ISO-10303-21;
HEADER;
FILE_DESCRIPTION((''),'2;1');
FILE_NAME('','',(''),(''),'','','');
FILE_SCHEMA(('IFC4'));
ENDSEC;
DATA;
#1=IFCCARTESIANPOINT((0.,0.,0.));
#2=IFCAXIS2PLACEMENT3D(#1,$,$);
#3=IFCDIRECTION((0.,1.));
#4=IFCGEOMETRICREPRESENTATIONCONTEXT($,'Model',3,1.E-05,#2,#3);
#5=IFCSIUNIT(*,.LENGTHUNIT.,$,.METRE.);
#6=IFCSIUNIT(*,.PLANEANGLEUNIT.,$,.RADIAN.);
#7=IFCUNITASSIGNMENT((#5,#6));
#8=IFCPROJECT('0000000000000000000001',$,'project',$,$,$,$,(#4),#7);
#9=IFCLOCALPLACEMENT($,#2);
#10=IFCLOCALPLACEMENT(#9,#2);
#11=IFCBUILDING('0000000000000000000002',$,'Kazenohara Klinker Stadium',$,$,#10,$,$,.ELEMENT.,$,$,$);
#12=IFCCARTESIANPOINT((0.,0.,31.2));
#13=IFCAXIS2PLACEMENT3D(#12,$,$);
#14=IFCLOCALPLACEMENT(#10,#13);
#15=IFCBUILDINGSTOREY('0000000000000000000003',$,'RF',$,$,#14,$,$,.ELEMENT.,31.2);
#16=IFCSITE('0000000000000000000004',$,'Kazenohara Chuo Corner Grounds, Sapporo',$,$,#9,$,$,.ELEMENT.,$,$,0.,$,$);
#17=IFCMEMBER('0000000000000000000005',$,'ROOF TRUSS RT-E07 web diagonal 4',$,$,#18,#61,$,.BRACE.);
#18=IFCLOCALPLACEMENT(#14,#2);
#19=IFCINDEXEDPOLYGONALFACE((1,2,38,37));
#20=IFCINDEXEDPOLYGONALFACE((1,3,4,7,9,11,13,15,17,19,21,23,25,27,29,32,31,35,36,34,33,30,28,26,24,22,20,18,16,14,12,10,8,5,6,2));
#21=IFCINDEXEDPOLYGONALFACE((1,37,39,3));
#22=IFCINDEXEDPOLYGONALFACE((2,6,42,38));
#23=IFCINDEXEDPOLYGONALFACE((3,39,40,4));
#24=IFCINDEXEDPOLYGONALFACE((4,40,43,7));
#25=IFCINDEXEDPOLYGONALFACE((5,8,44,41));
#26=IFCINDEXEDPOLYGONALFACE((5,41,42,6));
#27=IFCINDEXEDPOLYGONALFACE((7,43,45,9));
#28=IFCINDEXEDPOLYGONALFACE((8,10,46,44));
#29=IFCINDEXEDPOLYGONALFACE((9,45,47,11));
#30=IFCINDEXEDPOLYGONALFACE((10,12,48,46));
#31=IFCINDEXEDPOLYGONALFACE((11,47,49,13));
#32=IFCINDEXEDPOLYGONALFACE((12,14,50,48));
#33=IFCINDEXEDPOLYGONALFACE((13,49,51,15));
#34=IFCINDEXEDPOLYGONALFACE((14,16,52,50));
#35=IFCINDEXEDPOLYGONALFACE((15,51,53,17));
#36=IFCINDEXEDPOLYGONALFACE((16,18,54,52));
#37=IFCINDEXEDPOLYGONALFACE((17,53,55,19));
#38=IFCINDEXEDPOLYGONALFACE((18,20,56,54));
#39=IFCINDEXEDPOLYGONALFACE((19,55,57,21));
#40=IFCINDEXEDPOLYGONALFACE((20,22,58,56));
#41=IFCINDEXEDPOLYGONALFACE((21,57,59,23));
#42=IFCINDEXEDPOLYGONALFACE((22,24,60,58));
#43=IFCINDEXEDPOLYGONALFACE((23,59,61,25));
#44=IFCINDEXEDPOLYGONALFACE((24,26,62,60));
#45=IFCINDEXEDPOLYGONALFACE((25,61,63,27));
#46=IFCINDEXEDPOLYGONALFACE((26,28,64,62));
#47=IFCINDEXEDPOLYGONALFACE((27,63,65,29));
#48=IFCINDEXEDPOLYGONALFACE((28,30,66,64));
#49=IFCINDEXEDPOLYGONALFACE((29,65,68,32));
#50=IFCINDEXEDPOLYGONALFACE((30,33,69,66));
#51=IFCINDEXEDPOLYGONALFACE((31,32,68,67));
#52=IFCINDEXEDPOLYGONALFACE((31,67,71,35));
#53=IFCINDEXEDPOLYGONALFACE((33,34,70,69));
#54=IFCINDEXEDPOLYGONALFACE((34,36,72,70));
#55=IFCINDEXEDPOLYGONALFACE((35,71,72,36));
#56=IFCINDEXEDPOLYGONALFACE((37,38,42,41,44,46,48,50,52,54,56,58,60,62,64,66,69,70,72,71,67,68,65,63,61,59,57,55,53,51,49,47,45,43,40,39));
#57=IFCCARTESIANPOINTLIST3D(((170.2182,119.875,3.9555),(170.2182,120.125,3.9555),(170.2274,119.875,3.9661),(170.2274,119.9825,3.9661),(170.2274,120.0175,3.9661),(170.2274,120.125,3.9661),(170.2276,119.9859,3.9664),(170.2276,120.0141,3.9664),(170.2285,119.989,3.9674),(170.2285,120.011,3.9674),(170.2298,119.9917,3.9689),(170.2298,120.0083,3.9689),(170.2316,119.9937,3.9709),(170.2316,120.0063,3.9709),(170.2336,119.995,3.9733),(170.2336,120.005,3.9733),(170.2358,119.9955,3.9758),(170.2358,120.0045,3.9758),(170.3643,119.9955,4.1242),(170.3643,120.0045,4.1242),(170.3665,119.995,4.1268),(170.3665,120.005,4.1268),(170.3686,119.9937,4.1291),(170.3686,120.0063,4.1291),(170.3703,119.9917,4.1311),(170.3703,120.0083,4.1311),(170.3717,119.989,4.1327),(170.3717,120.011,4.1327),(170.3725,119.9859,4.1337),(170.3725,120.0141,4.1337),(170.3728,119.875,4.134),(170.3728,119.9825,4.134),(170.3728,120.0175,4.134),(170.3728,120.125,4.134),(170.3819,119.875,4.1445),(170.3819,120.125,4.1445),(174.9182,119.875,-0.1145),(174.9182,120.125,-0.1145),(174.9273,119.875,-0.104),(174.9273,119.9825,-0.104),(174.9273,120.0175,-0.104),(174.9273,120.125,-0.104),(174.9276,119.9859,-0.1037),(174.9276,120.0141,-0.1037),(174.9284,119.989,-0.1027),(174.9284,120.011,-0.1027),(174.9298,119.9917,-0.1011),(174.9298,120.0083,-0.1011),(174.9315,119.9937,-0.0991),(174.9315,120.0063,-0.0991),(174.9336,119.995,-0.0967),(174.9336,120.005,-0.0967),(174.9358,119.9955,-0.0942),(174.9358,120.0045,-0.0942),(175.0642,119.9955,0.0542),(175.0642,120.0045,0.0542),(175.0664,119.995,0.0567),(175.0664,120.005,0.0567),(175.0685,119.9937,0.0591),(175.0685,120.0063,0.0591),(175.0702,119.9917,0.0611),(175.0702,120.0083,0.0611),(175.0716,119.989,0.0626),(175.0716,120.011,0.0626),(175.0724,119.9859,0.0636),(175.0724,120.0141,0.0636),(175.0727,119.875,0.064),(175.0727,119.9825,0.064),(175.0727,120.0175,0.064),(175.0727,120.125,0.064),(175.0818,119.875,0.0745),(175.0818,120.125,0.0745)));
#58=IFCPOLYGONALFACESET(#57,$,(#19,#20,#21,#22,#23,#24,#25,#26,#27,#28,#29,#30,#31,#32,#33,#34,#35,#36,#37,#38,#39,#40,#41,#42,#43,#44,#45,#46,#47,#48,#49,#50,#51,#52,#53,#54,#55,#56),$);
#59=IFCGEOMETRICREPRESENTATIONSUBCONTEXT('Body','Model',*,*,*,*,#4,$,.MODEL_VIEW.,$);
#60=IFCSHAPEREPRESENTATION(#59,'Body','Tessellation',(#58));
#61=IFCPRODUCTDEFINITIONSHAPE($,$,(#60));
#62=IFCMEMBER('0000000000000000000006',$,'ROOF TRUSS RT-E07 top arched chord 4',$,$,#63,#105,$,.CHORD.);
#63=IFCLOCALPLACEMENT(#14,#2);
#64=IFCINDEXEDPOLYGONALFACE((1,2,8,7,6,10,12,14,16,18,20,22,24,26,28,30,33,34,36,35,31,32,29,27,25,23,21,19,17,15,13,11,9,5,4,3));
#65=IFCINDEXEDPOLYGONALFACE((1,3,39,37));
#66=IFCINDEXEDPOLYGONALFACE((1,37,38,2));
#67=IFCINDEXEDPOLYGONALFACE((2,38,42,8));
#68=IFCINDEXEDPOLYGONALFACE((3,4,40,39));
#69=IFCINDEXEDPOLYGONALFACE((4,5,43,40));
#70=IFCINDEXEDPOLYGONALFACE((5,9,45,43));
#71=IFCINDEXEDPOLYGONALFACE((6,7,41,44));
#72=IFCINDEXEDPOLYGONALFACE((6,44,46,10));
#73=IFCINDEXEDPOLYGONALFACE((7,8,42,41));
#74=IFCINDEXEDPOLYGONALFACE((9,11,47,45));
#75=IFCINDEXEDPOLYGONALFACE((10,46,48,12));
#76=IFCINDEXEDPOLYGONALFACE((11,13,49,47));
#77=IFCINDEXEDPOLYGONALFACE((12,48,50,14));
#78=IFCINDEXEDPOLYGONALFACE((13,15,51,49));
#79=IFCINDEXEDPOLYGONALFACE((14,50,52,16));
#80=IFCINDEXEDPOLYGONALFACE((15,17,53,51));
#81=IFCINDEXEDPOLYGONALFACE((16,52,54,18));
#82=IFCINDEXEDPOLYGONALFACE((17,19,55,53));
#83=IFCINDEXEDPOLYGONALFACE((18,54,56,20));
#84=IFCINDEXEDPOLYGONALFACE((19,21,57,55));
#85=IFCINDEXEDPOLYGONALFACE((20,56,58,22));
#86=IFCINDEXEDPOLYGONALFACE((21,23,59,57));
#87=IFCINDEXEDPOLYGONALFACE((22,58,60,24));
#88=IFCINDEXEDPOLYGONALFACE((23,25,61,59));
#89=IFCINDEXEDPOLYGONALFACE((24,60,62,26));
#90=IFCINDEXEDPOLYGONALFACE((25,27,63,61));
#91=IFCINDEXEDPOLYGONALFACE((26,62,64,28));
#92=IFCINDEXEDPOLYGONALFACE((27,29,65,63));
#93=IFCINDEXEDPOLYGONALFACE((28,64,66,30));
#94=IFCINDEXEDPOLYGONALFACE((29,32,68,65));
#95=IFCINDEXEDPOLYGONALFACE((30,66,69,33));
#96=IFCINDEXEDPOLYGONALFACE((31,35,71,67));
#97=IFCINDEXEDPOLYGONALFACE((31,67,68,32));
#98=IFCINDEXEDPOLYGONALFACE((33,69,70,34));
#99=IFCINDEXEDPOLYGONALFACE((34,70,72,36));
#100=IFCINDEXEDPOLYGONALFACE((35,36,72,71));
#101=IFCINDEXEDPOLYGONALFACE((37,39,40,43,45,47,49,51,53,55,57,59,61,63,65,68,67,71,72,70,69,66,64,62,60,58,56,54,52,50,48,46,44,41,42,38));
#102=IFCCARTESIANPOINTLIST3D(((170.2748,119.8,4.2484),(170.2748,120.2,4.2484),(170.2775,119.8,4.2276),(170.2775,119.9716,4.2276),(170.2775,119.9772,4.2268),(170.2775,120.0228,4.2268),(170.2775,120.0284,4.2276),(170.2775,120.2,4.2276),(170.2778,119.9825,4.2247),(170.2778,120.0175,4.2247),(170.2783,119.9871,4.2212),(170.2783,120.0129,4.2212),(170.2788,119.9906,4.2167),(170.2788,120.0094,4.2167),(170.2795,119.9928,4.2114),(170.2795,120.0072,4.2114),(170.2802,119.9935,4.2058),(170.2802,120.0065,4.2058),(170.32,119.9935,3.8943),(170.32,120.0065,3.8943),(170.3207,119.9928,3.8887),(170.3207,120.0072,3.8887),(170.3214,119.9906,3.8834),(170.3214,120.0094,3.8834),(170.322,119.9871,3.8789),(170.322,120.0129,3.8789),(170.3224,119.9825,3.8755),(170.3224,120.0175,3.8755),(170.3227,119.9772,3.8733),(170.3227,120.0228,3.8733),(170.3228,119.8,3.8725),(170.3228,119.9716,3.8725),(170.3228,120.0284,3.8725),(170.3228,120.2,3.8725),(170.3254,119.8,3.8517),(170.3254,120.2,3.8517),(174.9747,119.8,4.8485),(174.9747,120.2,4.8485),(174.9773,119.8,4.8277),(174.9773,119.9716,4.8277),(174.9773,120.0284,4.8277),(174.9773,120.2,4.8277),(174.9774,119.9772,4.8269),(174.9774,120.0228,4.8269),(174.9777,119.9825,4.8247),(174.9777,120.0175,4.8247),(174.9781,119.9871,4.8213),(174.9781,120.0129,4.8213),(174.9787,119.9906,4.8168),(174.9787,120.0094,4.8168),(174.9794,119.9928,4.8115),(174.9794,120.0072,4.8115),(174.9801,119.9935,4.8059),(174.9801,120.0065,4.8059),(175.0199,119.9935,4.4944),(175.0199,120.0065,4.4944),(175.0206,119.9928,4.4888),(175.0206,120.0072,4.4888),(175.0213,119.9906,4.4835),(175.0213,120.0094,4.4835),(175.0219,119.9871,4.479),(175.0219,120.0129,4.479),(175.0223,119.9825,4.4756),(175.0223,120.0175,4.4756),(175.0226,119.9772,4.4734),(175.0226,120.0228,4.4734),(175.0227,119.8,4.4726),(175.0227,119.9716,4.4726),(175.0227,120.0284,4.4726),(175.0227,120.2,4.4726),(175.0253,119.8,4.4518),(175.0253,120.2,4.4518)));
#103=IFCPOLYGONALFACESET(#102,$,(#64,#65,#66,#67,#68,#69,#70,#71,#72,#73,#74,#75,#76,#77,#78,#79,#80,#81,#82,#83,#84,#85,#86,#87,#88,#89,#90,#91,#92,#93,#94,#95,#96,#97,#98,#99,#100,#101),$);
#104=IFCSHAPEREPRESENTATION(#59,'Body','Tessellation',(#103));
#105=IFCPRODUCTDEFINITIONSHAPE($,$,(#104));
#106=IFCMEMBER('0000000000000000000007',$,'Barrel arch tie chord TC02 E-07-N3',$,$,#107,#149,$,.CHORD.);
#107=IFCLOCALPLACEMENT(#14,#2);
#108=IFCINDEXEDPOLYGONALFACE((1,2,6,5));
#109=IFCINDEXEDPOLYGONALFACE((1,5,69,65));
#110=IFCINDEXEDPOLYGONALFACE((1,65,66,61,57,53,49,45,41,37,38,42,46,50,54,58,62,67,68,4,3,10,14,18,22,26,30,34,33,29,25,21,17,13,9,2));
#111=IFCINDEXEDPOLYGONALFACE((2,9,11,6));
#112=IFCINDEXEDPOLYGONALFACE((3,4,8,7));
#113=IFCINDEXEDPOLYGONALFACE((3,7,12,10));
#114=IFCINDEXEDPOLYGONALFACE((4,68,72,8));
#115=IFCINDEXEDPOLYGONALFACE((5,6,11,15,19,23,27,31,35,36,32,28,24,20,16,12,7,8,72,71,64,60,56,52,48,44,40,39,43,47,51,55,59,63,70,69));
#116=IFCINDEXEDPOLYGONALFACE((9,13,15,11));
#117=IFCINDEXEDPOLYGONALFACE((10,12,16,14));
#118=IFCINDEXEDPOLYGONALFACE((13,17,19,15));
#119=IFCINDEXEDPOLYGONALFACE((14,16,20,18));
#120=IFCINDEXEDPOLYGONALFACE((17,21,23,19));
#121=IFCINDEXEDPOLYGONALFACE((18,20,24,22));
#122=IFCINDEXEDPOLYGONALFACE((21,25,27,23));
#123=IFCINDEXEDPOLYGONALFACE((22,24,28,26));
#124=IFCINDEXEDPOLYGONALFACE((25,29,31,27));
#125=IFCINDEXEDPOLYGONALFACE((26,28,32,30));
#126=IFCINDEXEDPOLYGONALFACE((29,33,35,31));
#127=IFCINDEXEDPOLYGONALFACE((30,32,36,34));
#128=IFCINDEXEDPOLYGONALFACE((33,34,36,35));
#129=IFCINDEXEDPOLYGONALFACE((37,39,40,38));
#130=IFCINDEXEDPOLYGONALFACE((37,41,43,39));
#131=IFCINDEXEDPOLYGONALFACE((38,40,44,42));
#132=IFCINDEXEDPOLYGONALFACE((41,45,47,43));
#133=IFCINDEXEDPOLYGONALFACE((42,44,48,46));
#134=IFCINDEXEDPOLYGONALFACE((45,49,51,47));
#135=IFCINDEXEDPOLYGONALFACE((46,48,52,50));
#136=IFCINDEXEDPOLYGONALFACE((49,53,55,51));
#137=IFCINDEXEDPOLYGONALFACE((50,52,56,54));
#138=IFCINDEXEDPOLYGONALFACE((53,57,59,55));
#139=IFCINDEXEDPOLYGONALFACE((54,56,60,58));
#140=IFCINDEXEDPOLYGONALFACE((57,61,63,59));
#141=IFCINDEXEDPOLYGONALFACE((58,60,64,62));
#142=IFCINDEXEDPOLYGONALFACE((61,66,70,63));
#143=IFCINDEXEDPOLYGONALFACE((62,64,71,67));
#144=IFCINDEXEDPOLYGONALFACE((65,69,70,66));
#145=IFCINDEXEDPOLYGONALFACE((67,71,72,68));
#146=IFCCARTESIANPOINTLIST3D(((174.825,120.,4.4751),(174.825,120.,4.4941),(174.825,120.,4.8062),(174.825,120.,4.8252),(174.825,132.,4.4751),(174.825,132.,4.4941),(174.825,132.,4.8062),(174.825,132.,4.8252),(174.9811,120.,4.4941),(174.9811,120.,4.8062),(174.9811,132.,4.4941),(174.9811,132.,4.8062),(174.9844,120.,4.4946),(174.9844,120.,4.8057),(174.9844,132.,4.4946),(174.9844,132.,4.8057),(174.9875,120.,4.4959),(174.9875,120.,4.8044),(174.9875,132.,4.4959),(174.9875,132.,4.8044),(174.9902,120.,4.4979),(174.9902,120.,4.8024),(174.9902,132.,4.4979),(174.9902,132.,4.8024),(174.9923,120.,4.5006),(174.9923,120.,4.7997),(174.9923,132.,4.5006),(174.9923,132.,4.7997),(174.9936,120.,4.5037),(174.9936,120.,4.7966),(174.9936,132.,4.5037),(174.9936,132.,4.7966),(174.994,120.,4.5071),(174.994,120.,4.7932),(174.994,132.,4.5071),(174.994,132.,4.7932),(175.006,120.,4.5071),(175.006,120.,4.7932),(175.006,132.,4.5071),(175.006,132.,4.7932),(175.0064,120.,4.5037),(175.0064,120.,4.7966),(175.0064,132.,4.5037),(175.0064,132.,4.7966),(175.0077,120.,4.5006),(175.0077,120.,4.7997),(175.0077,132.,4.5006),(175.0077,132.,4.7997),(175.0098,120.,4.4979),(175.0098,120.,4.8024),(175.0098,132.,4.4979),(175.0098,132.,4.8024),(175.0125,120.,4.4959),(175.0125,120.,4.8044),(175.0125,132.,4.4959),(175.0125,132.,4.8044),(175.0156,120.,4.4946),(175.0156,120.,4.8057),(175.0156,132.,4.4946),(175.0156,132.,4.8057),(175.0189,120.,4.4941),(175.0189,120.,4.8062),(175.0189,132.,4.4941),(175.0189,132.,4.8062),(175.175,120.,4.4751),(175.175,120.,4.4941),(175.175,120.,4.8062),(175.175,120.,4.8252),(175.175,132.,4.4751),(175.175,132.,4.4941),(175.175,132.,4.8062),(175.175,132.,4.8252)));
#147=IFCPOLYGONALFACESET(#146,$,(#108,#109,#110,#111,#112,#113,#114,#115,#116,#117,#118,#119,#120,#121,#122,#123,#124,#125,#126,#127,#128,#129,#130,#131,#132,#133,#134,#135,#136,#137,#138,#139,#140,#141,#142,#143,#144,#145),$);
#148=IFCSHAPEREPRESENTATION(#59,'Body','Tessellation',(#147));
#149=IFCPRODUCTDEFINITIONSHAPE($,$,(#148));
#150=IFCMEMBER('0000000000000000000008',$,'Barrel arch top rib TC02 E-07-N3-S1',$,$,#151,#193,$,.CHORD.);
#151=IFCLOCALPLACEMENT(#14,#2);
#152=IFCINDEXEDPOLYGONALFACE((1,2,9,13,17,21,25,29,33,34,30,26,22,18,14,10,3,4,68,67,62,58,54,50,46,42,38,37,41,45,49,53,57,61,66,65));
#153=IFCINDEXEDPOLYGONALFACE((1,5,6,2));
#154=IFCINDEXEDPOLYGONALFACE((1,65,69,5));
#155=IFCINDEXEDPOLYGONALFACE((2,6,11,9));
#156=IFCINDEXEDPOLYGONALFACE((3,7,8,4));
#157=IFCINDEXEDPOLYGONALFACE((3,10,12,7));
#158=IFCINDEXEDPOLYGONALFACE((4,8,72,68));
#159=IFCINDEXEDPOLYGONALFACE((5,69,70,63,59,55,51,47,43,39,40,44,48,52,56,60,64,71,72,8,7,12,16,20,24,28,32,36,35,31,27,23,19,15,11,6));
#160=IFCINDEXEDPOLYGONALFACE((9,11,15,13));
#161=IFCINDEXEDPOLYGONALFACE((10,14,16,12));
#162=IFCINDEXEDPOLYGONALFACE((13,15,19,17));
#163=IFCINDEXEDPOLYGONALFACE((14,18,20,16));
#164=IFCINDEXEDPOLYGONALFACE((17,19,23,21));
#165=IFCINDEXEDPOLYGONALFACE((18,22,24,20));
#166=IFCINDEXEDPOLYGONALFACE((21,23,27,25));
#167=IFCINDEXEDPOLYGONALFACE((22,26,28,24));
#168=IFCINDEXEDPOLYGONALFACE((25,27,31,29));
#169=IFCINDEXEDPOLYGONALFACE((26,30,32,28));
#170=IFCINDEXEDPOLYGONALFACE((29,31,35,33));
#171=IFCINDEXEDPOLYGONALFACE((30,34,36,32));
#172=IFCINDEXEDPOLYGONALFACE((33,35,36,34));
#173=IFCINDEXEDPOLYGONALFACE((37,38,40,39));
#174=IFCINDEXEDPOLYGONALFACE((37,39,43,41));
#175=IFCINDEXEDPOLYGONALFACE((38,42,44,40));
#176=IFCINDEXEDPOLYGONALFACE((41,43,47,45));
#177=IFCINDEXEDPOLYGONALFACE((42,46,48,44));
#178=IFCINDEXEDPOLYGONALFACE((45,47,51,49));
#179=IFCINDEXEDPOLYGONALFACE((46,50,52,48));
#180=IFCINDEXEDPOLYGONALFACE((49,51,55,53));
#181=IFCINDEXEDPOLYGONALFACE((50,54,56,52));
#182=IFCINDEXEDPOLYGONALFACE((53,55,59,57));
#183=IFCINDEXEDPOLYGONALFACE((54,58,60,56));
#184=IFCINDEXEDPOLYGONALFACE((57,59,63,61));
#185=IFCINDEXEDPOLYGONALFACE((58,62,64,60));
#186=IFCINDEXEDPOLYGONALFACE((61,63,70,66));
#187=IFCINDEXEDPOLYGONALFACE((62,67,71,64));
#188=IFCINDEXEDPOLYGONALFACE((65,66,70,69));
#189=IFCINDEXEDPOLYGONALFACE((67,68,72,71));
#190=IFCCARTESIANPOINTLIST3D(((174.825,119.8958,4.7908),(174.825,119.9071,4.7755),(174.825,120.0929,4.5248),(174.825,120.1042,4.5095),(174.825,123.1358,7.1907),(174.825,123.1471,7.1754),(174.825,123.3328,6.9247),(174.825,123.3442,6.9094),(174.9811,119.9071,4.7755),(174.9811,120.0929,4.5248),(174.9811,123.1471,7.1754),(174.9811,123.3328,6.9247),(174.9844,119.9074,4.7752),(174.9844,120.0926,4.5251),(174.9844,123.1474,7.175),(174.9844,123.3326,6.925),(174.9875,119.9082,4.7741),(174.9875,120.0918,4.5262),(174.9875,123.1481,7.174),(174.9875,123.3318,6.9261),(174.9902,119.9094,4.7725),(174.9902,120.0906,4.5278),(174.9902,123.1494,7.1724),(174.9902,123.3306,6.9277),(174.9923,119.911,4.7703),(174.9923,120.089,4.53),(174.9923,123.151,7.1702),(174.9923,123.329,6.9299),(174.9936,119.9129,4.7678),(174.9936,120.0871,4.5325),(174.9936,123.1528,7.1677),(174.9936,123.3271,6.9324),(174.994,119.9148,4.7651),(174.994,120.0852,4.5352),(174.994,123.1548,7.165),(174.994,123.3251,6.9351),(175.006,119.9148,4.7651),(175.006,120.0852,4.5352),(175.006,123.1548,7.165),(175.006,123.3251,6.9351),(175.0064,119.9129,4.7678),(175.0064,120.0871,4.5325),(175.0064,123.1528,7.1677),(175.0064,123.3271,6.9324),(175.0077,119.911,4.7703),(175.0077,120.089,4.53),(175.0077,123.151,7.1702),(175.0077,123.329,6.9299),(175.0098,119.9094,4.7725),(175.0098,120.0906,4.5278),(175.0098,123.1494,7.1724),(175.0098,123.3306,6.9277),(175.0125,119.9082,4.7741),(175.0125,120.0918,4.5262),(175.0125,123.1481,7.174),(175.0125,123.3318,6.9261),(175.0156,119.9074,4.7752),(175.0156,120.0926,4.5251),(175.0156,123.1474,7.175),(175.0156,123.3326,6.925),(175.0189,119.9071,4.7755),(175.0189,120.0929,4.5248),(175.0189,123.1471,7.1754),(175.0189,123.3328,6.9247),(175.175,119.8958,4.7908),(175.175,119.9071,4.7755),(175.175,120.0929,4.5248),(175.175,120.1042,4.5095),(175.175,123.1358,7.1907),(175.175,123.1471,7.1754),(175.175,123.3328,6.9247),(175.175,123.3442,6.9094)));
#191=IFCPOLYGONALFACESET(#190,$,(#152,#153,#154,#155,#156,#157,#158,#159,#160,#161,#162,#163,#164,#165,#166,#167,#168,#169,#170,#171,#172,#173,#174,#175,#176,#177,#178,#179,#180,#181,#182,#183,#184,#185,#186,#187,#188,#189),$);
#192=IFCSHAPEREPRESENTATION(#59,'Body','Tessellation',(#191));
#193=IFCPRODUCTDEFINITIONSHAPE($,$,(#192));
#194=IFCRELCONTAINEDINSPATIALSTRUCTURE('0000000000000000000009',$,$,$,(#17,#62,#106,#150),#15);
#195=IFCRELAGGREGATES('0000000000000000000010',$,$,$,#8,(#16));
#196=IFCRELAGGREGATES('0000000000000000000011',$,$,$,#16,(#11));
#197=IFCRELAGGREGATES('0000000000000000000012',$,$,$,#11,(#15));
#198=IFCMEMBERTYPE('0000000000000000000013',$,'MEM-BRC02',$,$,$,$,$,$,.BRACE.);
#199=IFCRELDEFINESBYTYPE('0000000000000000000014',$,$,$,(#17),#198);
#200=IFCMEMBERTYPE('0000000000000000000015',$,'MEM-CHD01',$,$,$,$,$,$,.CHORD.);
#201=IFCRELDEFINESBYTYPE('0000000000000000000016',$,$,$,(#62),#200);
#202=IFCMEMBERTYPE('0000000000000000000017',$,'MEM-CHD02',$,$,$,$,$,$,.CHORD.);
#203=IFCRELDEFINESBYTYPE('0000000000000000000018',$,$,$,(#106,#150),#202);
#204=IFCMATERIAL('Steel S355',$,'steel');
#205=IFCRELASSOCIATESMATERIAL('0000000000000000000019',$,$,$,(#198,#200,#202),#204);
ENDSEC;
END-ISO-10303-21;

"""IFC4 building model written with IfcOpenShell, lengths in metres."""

from ifc_helpers import new_model, si_unit, direction, frame, origin, origin_2d, place, context, subcontext, project, spatial, i_section, extrude, material, material_profile, profile_set, type_object, element, save


model = new_model("IFC4")

# Units and contexts
model_context = context("Model", 3, precision=1e-05, world=origin(), true_north=direction((0.0, 1.0)))
body_context = subcontext(model_context, "Body", "Model", "MODEL_VIEW")
ifc_project = project(units=[si_unit("LENGTHUNIT", "METRE"), si_unit("PLANEANGLEUNIT", "RADIAN")], contexts=[model_context])

# Site, building, storey
site_placement = place(None, origin())
site = spatial("IfcSite", under=ifc_project, at=site_placement, Name="Kazenohara Chuo Corner Grounds, Sapporo", CompositionType="ELEMENT", RefElevation=0.0)
building_placement = place(site_placement, origin())
building = spatial("IfcBuilding", under=site, at=building_placement, Name="Kazenohara Klinker Stadium", CompositionType="ELEMENT")
storey_placement = place(building_placement, frame((0.0, 0.0, 31.2)))
storey = spatial("IfcBuildingStorey", under=building, at=storey_placement, Name="RF", CompositionType="ELEMENT", Elevation=31.2)

# Members
ifc_material_1 = material(Name="Steel S355", Category="steel")
ifc_material_profile_1 = material_profile(ifc_material_1, i_section(OverallWidth=0.25, OverallDepth=0.25, WebThickness=0.009, FlangeThickness=0.0139, FilletRadius=0.0129, at=origin_2d()), Name="H-250x250x9x14")
ifc_profile_set_1 = profile_set([ifc_material_profile_1], Name="Steel S355")
member_type_1 = type_object("IfcMemberType", Name="MEM-BRC02", PredefinedType="BRACE", material=ifc_profile_set_1)
member_1_placement = place(storey_placement, frame((175.0, 120.0, -0.02), z_axis=(-0.755946, 0.0, 0.654634), x_axis=(0.0, -1.0, 0.0)))
element("IfcMember", 1, at=member_1_placement, inside=storey, type_object=member_type_1, Name="ROOF TRUSS RT-E07 web diagonal 4", PredefinedType="BRACE", context=body_context, shape_type="SweptSolid", body=[
    extrude(i_section(OverallWidth=0.25, OverallDepth=0.25, WebThickness=0.009, FlangeThickness=0.0139, FilletRadius=0.0129, at=origin_2d()), origin(), (0.0, 0.0, 1.0), 6.2173),
])
ifc_material_profile_2 = material_profile(ifc_material_1, i_section(OverallWidth=0.3999, OverallDepth=0.3999, WebThickness=0.0129, FlangeThickness=0.021, FilletRadius=0.022, at=origin_2d()), Name="H-400x400x13x21")
ifc_profile_set_2 = profile_set([ifc_material_profile_2], Name="Steel S355")
member_type_2 = type_object("IfcMemberType", Name="MEM-CHD01", PredefinedType="CHORD", material=ifc_profile_set_2)
member_2_placement = place(storey_placement, frame((175.0, 120.0, 4.6501), z_axis=(-0.991947, 0.0, -0.126653), x_axis=(0.0, -1.0, 0.0)))
element("IfcMember", 2, at=member_2_placement, inside=storey, type_object=member_type_2, Name="ROOF TRUSS RT-E07 top arched chord 4", PredefinedType="CHORD", context=body_context, shape_type="SweptSolid", body=[
    extrude(i_section(OverallWidth=0.3999, OverallDepth=0.3999, WebThickness=0.0129, FlangeThickness=0.021, FilletRadius=0.022, at=origin_2d()), origin(), (0.0, 0.0, 1.0), 4.738),
])
ifc_material_profile_3 = material_profile(ifc_material_1, i_section(OverallWidth=0.3501, OverallDepth=0.3501, WebThickness=0.012, FlangeThickness=0.019, FilletRadius=0.0129, at=origin_2d()), Name="H-350x350x12x19")
ifc_profile_set_3 = profile_set([ifc_material_profile_3], Name="Steel S355")
member_type_3 = type_object("IfcMemberType", Name="MEM-CHD02", PredefinedType="CHORD", material=ifc_profile_set_3)
member_3_placement = place(storey_placement, frame((175.0, 120.0, 4.6501), z_axis=(0.0, 1.0, 0.0), x_axis=(-1.0, 0.0, 0.0)))
element("IfcMember", 3, at=member_3_placement, inside=storey, type_object=member_type_3, Name="Barrel arch tie chord TC02 E-07-N3", PredefinedType="CHORD", context=body_context, shape_type="SweptSolid", body=[
    extrude(i_section(OverallWidth=0.3501, OverallDepth=0.3501, WebThickness=0.012, FlangeThickness=0.019, FilletRadius=0.0129, at=origin_2d()), origin(), (0.0, 0.0, 1.0), 12.0),
])
member_4_placement = place(storey_placement, frame((175.0, 120.0, 4.6501), z_axis=(0.0, 0.803568, 0.595213), x_axis=(-1.0, 0.0, 0.0)))
element("IfcMember", 4, at=member_4_placement, inside=storey, type_object=member_type_3, Name="Barrel arch top rib TC02 E-07-N3-S1", PredefinedType="CHORD", context=body_context, shape_type="SweptSolid", body=[
    extrude(i_section(OverallWidth=0.3501, OverallDepth=0.3501, WebThickness=0.012, FlangeThickness=0.019, FilletRadius=0.0129, at=origin_2d()), origin(), (0.0, 0.0, 1.0), 4.032),
])

save(model, "model.ifc")
